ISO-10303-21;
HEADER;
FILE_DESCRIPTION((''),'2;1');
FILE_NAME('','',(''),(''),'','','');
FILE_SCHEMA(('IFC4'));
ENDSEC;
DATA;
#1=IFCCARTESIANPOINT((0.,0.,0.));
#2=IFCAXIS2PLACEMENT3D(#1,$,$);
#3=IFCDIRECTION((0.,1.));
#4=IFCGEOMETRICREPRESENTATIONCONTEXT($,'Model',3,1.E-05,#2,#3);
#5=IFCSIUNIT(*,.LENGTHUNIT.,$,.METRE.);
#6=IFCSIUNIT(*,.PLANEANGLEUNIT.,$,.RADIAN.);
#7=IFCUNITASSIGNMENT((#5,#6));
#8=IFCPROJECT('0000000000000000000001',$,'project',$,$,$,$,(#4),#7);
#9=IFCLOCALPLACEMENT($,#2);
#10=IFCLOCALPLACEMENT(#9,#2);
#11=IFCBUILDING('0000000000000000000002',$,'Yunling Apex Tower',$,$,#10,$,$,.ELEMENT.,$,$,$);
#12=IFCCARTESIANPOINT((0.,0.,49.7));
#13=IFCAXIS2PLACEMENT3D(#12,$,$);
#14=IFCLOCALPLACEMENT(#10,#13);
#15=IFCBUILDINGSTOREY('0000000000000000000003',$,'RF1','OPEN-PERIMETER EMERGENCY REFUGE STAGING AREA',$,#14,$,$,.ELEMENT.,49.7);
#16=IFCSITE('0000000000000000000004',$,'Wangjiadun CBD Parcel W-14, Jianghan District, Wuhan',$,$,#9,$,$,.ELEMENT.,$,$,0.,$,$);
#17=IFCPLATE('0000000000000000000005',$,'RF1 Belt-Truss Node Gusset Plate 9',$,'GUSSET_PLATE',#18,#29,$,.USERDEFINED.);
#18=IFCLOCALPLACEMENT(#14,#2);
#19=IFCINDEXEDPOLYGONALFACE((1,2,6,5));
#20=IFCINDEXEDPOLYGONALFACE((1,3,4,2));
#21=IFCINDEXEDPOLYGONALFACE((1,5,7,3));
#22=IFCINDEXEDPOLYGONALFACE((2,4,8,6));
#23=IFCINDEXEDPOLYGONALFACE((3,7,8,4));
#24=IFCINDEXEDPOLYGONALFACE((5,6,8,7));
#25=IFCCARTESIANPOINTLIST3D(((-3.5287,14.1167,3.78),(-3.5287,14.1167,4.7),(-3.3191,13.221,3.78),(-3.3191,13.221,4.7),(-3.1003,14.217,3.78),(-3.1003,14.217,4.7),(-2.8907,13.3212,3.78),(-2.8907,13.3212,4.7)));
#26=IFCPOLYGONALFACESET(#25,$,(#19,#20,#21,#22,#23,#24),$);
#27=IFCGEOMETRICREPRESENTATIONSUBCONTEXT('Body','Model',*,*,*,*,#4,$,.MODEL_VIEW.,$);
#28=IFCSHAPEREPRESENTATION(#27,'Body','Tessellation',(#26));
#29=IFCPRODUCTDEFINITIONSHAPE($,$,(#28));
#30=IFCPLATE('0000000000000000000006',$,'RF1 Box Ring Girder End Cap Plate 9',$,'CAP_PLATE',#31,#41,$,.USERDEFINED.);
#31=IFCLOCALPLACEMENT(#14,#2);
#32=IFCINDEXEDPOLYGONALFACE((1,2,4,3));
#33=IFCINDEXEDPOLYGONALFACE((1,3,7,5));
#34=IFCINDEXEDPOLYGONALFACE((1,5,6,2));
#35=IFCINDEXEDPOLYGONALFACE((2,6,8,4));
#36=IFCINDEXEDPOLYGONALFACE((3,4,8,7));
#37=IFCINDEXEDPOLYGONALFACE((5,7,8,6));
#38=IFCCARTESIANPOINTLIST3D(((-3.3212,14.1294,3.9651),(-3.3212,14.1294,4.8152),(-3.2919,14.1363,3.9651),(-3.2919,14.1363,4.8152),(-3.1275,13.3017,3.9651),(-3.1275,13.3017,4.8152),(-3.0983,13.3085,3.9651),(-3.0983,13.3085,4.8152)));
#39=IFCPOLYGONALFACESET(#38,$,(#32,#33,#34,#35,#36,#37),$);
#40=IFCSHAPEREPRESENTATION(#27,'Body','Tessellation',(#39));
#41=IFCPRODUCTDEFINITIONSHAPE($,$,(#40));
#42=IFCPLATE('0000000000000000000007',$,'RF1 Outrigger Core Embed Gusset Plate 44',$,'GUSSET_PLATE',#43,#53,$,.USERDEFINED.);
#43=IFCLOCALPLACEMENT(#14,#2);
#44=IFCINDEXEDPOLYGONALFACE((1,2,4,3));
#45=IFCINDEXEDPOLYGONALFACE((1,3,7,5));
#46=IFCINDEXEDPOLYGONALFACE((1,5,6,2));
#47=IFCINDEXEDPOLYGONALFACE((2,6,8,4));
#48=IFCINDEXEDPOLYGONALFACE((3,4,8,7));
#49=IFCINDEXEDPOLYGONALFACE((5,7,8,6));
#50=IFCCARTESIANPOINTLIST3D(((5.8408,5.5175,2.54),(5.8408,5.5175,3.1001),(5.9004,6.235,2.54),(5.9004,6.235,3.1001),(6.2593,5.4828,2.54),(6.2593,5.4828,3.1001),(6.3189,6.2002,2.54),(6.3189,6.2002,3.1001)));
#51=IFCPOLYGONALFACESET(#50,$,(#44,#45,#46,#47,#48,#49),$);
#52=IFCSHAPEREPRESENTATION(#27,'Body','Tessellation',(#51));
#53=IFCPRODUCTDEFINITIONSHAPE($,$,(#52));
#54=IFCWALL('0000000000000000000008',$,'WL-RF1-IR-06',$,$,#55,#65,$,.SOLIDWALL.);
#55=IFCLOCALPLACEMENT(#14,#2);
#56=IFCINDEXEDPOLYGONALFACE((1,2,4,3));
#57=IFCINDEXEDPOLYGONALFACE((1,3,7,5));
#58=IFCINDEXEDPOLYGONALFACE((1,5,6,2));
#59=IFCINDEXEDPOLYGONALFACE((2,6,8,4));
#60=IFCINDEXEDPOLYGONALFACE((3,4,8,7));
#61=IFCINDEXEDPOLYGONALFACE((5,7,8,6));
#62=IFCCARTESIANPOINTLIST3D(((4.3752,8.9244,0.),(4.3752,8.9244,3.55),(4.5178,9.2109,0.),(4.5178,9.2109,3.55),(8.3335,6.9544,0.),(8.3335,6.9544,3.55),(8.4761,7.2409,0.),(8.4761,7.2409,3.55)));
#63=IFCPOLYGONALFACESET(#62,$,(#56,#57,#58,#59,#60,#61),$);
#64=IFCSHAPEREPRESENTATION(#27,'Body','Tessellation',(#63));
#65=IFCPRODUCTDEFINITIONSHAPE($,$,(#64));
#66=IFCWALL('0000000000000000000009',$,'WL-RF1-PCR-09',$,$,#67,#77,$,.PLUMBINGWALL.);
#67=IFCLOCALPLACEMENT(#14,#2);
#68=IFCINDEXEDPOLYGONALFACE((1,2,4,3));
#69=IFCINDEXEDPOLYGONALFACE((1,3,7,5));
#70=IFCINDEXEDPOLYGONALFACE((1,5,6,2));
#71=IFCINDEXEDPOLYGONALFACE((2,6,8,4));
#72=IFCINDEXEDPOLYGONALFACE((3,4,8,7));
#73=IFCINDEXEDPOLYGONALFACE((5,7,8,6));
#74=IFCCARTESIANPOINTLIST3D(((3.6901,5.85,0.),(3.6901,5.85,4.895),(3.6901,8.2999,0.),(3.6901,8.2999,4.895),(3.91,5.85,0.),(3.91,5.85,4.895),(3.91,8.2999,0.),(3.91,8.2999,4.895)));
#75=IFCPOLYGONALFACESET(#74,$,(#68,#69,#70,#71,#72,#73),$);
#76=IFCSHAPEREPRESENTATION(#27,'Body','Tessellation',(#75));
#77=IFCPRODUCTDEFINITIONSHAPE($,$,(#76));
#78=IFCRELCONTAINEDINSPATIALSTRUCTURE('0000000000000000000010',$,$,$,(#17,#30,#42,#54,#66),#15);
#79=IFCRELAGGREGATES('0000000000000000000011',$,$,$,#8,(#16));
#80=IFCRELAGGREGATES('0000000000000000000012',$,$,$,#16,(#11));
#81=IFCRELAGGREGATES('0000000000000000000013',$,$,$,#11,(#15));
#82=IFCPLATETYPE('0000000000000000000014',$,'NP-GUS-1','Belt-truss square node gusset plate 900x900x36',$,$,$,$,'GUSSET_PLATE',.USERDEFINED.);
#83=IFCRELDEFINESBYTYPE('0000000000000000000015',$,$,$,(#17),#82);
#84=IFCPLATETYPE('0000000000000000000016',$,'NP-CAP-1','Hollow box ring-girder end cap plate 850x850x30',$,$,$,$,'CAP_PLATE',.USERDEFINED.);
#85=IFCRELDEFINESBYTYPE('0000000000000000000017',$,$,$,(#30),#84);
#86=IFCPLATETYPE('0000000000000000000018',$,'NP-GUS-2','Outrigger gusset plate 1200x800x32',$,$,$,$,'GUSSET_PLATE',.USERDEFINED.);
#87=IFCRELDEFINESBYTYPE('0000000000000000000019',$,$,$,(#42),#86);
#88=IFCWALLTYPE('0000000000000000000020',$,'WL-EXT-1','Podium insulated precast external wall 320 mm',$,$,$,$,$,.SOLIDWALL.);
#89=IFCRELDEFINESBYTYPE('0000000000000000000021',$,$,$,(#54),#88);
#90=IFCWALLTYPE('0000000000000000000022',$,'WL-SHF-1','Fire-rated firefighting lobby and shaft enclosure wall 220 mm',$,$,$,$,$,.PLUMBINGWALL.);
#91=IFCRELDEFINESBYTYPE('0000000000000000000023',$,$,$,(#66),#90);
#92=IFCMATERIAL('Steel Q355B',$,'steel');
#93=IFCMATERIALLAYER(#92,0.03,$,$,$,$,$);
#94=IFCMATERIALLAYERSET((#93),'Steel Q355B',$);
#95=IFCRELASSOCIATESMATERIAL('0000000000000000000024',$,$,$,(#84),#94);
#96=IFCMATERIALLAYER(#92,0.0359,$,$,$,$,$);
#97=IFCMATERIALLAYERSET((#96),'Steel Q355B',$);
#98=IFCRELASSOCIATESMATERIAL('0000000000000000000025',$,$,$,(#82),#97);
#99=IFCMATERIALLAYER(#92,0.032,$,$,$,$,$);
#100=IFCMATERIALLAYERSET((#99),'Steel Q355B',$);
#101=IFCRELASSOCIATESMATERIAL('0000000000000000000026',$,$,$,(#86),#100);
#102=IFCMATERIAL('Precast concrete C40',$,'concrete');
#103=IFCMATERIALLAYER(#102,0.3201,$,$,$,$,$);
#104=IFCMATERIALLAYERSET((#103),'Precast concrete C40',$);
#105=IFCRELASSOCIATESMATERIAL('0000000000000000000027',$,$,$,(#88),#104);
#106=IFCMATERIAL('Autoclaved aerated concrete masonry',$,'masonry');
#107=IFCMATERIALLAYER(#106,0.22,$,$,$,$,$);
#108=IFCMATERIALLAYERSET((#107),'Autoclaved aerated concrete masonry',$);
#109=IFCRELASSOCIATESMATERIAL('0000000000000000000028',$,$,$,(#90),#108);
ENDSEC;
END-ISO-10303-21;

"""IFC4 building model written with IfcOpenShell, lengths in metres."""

from ifc_helpers import new_model, si_unit, direction, frame, frame_2d, origin, origin_2d, place, context, subcontext, project, spatial, rectangle, extrude, source, transform, mapped, material, layer, layer_set, type_object, element, save


model = new_model("IFC4")

# Units and contexts
model_context = context("Model", 3, precision=1e-05, world=origin(), true_north=direction((0.0, 1.0)))
body_context = subcontext(model_context, "Body", "Model", "MODEL_VIEW")
ifc_project = project(units=[si_unit("LENGTHUNIT", "METRE"), si_unit("PLANEANGLEUNIT", "RADIAN")], contexts=[model_context])

# Site, building, storey
site_placement = place(None, origin())
site = spatial("IfcSite", under=ifc_project, at=site_placement, Name="Wangjiadun CBD Parcel W-14, Jianghan District, Wuhan", CompositionType="ELEMENT", RefElevation=0.0)
building_placement = place(site_placement, origin())
building = spatial("IfcBuilding", under=site, at=building_placement, Name="Yunling Apex Tower", CompositionType="ELEMENT")
storey_placement = place(building_placement, frame((0.0, 0.0, 49.7)))
storey = spatial("IfcBuildingStorey", under=building, at=storey_placement, Name="RF1", Description="OPEN-PERIMETER EMERGENCY REFUGE STAGING AREA", CompositionType="ELEMENT", Elevation=49.7)

# Shared definitions
ifc_material_1 = material(Name="Steel Q355B", Category="steel")

# Plates
ifc_layer_1 = layer(ifc_material_1, 0.03)
ifc_layer_set_1 = layer_set([ifc_layer_1], Name="Steel Q355B")
plate_type_1 = type_object("IfcPlateType", Name="NP-CAP-1", Description="Hollow box ring-girder end cap plate 850x850x30", ElementType="CAP_PLATE", PredefinedType="USERDEFINED", material=ifc_layer_set_1)
ifc_layer_2 = layer(ifc_material_1, 0.0359)
ifc_layer_set_2 = layer_set([ifc_layer_2], Name="Steel Q355B")
plate_type_2 = type_object("IfcPlateType", Name="NP-GUS-1", Description="Belt-truss square node gusset plate 900x900x36", ElementType="GUSSET_PLATE", PredefinedType="USERDEFINED", material=ifc_layer_set_2)
shared_shape_1 = source(origin(), body_context, "Body", "SweptSolid", [
    extrude(rectangle(XDim=0.9199, YDim=0.4399, at=origin_2d()), origin(), (0.0, 0.0, 1.0), 0.9199),
])
for number, where, z_axis, x_axis, name in (
    (1, (-3.2097, 13.719, 3.78), (0.0, 0.0, 1.0), (-0.227841, 0.973698, 0.0), "RF1 Belt-Truss Node Gusset Plate 9"),
):
    element("IfcPlate", number, at=place(storey_placement, frame(where, z_axis=z_axis, x_axis=x_axis)), inside=storey, type_object=plate_type_2, Name=name, ObjectType="GUSSET_PLATE", PredefinedType="USERDEFINED", context=body_context, shape_type="MappedRepresentation", body=[
        mapped(shared_shape_1, transform((0.0, 0.0, 0.0), scale=1.0)),
    ])
shared_shape_2 = source(origin(), body_context, "Body", "SweptSolid", [
    extrude(rectangle(XDim=0.8501, YDim=0.03, at=origin_2d()), origin(), (0.0, 0.0, 1.0), 0.8501),
])
plate_1_placement = place(storey_placement, frame((-3.2097, 13.719, 3.9651), z_axis=(0.0, 0.0, 1.0), x_axis=(-0.227841, 0.973698, 0.0)))
element("IfcPlate", 2, at=plate_1_placement, inside=storey, type_object=plate_type_1, Name="RF1 Box Ring Girder End Cap Plate 9", ObjectType="CAP_PLATE", PredefinedType="USERDEFINED", context=body_context, shape_type="MappedRepresentation", body=[
    mapped(shared_shape_2, transform((0.0, 0.0, 0.0), scale=1.0)),
])
ifc_layer_3 = layer(ifc_material_1, 0.032)
ifc_layer_set_3 = layer_set([ifc_layer_3], Name="Steel Q355B")
plate_type_3 = type_object("IfcPlateType", Name="NP-GUS-2", Description="Outrigger gusset plate 1200x800x32", ElementType="GUSSET_PLATE", PredefinedType="USERDEFINED", material=ifc_layer_set_3)
shared_shape_3 = source(origin(), body_context, "Body", "SweptSolid", [
    extrude(rectangle(XDim=0.72, YDim=0.4199, at=origin_2d()), origin(), (0.0, 0.0, 1.0), 0.5601),
])
plate_2_placement = place(storey_placement, frame((6.0798, 5.8589, 2.54), z_axis=(0.0, 0.0, 1.0), x_axis=(0.082808, 0.996566, 0.0)))
element("IfcPlate", 3, at=plate_2_placement, inside=storey, type_object=plate_type_3, Name="RF1 Outrigger Core Embed Gusset Plate 44", ObjectType="GUSSET_PLATE", PredefinedType="USERDEFINED", context=body_context, shape_type="MappedRepresentation", body=[
    mapped(shared_shape_3, transform((0.0, 0.0, 0.0), scale=1.0)),
])

# Walls
ifc_material_2 = material(Name="Precast concrete C40", Category="concrete")
ifc_layer_4 = layer(ifc_material_2, 0.3201)
ifc_layer_set_4 = layer_set([ifc_layer_4], Name="Precast concrete C40")
wall_type_1 = type_object("IfcWallType", Name="WL-EXT-1", Description="Podium insulated precast external wall 320 mm", PredefinedType="SOLIDWALL", material=ifc_layer_set_4)
wall_1_placement = place(storey_placement, frame((4.4465, 9.0676, 0.0), z_axis=(0.0, 0.0, 1.0), x_axis=(0.895254, -0.445556, 0.0)))
element("IfcWall", 4, at=wall_1_placement, inside=storey, type_object=wall_type_1, Name="WL-RF1-IR-06", PredefinedType="SOLIDWALL", context=body_context, shape_type="SweptSolid", body=[
    extrude(rectangle(XDim=4.4214, YDim=0.3201, at=frame_2d((2.2107, 0.0))), origin(), (0.0, 0.0, 1.0), 3.55),
])
ifc_material_3 = material(Name="Autoclaved aerated concrete masonry", Category="masonry")
ifc_layer_5 = layer(ifc_material_3, 0.22)
ifc_layer_set_5 = layer_set([ifc_layer_5], Name="Autoclaved aerated concrete masonry")
wall_type_2 = type_object("IfcWallType", Name="WL-SHF-1", Description="Fire-rated firefighting lobby and shaft enclosure wall 220 mm", PredefinedType="PLUMBINGWALL", material=ifc_layer_set_5)
wall_2_placement = place(storey_placement, frame((3.8, 8.3, 0.0), z_axis=(0.0, 0.0, 1.0), x_axis=(0.0, -1.0, 0.0)))
element("IfcWall", 5, at=wall_2_placement, inside=storey, type_object=wall_type_2, Name="WL-RF1-PCR-09", PredefinedType="PLUMBINGWALL", context=body_context, shape_type="SweptSolid", body=[
    extrude(rectangle(XDim=2.45, YDim=0.22, at=frame_2d((1.2251, 0.0))), origin(), (0.0, 0.0, 1.0), 4.895),
])

save(model, "model.ifc")
